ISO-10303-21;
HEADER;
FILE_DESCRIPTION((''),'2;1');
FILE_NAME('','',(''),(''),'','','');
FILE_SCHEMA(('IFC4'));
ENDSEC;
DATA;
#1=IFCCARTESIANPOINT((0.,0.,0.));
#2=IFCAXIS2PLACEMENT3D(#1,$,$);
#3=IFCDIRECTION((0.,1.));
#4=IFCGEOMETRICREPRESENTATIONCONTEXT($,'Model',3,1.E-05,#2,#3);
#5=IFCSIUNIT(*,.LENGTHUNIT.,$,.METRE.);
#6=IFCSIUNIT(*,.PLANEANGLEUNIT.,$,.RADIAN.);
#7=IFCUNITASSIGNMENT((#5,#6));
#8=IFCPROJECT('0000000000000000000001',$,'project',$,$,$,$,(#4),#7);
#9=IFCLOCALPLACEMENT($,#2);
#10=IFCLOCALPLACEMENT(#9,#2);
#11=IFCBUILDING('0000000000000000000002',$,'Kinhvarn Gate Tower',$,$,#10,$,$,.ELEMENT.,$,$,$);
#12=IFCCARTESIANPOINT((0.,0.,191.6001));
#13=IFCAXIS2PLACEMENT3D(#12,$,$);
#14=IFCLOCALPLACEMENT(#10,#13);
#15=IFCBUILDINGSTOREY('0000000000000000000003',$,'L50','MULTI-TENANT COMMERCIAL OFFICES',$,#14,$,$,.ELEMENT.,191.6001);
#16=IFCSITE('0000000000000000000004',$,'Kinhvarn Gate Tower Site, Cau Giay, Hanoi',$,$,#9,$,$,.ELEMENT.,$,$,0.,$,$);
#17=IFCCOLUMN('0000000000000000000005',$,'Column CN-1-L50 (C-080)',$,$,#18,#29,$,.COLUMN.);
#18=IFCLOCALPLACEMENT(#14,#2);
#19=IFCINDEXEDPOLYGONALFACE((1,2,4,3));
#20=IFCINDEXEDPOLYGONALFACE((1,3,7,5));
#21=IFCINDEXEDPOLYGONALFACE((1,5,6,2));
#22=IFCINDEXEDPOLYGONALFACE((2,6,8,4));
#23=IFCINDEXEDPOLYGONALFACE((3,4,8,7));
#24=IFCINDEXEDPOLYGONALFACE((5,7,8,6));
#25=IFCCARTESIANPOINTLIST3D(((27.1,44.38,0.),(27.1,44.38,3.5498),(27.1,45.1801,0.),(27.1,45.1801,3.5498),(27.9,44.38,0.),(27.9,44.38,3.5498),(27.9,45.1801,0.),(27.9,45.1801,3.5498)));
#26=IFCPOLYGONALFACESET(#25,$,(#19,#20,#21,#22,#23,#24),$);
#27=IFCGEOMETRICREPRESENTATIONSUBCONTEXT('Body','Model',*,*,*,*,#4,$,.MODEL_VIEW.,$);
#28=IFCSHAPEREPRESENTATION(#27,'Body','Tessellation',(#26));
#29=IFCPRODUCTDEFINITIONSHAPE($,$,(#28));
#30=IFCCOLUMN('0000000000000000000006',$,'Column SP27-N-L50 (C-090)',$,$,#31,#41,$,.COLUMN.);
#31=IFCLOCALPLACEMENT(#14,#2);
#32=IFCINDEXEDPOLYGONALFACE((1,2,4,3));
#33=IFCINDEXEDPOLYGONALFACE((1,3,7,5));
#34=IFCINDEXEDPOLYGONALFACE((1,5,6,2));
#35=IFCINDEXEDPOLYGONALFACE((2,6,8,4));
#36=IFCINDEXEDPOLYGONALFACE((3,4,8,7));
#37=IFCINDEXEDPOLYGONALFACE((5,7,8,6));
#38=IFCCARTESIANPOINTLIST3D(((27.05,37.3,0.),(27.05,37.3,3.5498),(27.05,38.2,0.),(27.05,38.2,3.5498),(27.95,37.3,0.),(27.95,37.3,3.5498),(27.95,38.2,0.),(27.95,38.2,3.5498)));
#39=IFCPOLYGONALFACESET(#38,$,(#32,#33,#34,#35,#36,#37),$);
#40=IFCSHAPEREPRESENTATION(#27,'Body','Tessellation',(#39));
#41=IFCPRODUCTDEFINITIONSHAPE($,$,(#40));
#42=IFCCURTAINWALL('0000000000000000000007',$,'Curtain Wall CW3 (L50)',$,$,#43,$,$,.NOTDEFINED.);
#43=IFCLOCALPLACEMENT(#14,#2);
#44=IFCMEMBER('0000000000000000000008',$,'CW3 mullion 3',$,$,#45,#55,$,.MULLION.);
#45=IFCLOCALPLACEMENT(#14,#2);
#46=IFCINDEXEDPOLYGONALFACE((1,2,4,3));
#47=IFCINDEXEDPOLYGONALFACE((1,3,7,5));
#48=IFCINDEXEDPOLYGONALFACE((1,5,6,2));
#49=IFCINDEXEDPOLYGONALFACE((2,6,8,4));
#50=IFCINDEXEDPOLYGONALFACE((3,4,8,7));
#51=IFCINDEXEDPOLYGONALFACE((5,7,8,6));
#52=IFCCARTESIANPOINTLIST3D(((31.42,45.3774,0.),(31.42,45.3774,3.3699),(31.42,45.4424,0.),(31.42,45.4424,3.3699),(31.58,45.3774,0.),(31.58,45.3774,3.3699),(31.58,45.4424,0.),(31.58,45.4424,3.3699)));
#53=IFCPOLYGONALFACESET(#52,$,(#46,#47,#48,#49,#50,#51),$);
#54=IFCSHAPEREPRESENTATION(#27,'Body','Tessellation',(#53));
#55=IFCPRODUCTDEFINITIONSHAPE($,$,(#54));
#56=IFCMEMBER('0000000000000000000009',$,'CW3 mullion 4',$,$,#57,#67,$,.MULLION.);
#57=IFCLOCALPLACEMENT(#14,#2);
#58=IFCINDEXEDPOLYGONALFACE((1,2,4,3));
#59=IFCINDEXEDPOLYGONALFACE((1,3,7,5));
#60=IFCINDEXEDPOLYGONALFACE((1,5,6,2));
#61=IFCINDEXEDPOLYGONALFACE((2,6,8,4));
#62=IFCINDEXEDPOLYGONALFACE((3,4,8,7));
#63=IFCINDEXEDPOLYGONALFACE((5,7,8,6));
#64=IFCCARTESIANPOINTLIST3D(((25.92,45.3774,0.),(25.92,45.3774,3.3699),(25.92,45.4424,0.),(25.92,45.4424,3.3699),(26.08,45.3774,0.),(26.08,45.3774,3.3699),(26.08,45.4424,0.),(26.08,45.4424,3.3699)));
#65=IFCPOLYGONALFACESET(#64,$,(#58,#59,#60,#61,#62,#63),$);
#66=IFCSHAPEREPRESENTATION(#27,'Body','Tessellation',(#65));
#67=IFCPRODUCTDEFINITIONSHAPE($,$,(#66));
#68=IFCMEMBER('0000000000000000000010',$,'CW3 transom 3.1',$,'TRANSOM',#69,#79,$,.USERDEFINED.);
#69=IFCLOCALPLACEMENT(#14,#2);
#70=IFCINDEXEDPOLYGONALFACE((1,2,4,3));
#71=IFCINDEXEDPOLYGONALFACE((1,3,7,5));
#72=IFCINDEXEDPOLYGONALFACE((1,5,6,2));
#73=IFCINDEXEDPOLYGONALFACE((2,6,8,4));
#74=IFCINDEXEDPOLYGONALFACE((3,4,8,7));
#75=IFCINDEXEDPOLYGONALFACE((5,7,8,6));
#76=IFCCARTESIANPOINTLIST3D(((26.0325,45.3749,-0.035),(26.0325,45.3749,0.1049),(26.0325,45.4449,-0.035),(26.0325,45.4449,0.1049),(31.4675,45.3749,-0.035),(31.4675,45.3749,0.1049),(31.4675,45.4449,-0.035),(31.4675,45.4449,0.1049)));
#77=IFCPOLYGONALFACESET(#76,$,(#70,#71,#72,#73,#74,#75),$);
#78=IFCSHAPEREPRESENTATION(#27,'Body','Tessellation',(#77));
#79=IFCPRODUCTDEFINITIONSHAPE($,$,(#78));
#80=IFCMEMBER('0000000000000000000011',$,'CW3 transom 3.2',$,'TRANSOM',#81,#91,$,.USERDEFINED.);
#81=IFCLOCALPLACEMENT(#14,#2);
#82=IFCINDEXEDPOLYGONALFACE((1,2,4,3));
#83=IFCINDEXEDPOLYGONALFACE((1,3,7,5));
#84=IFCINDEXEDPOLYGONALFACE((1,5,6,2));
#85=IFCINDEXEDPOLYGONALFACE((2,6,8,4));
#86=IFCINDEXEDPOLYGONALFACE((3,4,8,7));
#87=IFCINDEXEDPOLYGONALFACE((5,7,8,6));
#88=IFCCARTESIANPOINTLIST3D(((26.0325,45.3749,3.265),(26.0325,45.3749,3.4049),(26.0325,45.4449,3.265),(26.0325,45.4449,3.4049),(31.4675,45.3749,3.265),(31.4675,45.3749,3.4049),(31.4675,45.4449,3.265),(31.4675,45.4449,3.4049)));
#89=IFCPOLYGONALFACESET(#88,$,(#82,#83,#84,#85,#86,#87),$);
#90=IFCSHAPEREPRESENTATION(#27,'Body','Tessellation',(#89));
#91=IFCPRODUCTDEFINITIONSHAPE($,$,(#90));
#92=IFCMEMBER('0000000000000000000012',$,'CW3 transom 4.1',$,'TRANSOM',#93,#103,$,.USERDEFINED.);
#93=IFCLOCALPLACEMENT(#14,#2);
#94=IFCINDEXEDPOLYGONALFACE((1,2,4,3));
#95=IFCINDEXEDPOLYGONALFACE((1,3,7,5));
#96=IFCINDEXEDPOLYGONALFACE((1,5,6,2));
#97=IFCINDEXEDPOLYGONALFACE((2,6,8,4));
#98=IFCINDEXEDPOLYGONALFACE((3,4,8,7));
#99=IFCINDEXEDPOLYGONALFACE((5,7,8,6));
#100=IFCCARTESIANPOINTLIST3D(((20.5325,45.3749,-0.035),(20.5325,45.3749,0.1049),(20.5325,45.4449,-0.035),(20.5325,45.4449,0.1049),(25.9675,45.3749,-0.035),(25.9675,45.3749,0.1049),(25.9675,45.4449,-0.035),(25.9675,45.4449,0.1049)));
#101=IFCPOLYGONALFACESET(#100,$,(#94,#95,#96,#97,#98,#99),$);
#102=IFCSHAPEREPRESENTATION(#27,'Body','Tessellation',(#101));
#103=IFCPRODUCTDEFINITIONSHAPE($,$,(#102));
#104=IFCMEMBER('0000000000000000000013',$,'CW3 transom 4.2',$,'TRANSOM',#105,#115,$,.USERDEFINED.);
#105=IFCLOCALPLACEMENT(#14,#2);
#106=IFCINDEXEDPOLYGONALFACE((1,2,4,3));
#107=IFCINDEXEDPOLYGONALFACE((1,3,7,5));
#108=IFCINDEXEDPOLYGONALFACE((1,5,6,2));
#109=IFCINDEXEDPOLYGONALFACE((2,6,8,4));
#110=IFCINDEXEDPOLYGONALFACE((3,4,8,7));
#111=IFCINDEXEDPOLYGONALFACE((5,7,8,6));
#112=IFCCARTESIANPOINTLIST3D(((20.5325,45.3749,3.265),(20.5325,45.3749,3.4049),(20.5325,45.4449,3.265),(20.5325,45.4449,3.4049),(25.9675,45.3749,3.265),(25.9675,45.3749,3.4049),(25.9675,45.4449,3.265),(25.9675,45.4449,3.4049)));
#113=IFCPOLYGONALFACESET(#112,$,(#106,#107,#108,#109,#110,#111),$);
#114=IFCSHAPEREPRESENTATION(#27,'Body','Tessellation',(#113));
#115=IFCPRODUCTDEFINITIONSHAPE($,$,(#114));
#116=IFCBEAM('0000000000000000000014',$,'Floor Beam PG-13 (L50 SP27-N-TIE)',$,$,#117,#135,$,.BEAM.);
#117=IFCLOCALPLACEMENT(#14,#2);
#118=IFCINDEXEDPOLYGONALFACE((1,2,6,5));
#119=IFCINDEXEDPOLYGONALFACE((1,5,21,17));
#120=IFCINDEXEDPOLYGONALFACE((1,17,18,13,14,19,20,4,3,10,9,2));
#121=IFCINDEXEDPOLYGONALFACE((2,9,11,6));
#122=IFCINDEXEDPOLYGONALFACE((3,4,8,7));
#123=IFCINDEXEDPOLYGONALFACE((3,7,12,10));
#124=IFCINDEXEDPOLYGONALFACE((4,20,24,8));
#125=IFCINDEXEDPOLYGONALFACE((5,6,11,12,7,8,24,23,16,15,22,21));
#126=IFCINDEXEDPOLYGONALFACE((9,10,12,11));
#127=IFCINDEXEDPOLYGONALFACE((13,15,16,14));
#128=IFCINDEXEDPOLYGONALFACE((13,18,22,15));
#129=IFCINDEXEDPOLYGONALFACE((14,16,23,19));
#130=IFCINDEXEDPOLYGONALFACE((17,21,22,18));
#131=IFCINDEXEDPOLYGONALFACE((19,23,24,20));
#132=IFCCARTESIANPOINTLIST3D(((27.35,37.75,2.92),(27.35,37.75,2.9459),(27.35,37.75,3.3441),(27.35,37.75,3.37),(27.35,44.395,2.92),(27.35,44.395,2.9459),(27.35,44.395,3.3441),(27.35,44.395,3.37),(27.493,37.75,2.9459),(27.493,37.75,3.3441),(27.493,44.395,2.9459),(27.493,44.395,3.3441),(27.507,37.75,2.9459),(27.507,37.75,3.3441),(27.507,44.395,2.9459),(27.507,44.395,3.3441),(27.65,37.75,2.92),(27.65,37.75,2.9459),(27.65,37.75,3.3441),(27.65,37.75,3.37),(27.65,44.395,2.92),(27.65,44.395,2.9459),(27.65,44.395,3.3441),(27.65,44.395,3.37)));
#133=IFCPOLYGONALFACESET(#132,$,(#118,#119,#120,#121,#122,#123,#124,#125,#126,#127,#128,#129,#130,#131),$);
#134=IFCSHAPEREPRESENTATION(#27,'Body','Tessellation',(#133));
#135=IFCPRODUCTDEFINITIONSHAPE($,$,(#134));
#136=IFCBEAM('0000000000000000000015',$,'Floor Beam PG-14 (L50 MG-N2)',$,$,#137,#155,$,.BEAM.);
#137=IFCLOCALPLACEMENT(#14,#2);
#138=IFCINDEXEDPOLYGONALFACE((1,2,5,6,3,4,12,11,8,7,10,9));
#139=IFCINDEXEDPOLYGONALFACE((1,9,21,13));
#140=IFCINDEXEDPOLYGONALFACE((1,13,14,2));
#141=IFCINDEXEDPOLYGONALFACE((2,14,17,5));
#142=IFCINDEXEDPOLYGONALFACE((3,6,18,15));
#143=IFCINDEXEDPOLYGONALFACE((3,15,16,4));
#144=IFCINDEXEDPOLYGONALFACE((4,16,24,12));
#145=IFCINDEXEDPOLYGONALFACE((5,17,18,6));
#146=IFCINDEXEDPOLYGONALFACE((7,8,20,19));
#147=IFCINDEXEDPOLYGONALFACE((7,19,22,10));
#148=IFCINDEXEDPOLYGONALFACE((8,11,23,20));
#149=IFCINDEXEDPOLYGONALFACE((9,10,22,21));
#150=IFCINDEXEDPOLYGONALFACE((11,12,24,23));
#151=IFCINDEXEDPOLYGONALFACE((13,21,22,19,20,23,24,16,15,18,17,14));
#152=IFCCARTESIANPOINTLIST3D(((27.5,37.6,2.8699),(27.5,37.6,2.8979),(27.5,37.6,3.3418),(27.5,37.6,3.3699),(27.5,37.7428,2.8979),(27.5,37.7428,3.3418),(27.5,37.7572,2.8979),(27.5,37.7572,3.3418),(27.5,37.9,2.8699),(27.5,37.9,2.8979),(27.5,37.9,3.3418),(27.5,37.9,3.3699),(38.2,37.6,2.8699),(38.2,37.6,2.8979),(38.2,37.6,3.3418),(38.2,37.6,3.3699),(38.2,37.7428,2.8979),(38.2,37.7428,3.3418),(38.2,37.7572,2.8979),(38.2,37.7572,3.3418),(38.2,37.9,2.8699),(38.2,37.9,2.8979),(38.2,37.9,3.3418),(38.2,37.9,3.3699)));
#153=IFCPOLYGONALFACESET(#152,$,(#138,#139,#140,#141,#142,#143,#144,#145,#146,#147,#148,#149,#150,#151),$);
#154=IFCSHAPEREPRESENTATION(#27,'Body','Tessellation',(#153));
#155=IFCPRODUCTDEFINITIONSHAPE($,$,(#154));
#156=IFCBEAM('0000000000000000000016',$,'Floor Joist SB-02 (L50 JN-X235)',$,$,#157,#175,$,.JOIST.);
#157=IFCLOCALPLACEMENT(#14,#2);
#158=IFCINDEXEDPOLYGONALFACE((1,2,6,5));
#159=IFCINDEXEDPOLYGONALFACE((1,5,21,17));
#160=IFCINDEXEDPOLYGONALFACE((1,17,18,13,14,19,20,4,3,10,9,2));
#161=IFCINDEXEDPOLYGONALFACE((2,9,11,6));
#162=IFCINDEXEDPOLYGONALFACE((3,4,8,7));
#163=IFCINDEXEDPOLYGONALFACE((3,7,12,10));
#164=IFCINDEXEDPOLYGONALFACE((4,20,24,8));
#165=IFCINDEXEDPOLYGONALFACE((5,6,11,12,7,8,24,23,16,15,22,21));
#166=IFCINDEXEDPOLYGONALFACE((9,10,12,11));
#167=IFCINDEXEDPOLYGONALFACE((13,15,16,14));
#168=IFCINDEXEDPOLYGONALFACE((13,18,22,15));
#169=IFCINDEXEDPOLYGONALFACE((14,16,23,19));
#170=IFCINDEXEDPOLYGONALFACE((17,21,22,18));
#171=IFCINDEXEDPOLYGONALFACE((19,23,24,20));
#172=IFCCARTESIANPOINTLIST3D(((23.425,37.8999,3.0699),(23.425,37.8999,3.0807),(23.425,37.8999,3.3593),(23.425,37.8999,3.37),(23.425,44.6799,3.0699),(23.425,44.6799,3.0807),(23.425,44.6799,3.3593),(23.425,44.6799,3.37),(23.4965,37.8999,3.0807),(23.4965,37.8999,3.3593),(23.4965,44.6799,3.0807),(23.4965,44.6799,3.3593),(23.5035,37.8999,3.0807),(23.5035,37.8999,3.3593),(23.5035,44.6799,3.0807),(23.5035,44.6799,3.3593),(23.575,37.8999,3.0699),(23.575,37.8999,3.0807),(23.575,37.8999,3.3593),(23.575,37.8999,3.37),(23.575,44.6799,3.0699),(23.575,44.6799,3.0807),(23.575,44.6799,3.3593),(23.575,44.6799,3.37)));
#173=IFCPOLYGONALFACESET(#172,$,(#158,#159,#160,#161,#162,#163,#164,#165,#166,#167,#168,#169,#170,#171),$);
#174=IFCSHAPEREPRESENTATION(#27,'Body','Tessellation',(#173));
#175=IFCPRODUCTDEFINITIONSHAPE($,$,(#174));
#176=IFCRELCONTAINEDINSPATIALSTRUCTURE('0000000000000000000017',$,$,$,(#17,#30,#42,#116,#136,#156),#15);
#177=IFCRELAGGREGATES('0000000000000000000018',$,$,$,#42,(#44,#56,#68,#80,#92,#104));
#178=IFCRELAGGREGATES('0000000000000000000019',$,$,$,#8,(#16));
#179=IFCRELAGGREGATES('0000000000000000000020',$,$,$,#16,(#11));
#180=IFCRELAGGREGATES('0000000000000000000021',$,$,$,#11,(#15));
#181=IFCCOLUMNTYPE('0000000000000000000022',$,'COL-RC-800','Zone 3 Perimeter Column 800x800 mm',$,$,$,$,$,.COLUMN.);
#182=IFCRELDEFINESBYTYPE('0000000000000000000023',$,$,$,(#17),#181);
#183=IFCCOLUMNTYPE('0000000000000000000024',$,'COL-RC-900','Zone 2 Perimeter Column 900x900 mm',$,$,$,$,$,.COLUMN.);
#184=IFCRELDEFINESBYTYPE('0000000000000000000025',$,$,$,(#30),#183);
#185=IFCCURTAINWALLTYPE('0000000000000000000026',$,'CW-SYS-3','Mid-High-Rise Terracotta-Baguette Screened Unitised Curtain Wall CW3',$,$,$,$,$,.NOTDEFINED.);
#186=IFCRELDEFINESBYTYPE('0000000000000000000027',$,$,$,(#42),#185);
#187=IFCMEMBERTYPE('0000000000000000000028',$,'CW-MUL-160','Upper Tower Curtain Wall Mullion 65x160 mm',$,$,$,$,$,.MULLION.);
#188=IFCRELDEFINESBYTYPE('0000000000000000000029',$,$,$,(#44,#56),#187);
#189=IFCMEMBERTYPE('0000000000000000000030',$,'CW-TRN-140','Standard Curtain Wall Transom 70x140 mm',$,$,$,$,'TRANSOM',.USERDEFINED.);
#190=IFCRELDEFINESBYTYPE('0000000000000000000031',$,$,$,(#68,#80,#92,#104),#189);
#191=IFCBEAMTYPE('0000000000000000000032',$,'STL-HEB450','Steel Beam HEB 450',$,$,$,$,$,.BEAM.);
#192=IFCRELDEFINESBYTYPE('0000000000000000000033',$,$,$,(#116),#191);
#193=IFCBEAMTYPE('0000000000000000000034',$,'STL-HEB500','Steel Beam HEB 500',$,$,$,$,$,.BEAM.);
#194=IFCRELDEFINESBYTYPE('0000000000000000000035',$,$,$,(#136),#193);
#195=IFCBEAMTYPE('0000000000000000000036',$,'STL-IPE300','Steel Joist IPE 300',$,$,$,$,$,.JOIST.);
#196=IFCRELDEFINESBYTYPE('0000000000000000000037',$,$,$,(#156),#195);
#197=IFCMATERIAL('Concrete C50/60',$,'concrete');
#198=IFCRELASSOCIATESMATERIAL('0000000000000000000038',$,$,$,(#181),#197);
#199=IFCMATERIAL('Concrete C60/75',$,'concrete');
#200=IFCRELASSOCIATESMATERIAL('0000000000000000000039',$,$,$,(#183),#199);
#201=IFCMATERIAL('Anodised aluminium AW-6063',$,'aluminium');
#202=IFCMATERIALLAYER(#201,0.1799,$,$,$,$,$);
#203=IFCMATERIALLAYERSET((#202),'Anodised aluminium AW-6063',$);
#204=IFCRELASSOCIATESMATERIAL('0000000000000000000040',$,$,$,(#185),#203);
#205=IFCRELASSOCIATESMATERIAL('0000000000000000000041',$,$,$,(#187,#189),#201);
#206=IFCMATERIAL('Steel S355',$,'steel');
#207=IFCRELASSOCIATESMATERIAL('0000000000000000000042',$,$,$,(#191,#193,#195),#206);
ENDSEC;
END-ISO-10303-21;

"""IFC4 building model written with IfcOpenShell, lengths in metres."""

from ifc_helpers import new_model, si_unit, direction, frame, origin, origin_2d, place, context, subcontext, project, spatial, rectangle, i_section, extrude, material, layer, layer_set, material_profile, profile_set, type_object, element, aggregate, save


model = new_model("IFC4")

# Units and contexts
model_context = context("Model", 3, precision=1e-05, world=origin(), true_north=direction((0.0, 1.0)))
body_context = subcontext(model_context, "Body", "Model", "MODEL_VIEW")
ifc_project = project(units=[si_unit("LENGTHUNIT", "METRE"), si_unit("PLANEANGLEUNIT", "RADIAN")], contexts=[model_context])

# Site, building, storey
site_placement = place(None, origin())
site = spatial("IfcSite", under=ifc_project, at=site_placement, Name="Kinhvarn Gate Tower Site, Cau Giay, Hanoi", CompositionType="ELEMENT", RefElevation=0.0)
building_placement = place(site_placement, origin())
building = spatial("IfcBuilding", under=site, at=building_placement, Name="Kinhvarn Gate Tower", CompositionType="ELEMENT")
storey_placement = place(building_placement, frame((0.0, 0.0, 191.6001)))
storey = spatial("IfcBuildingStorey", under=building, at=storey_placement, Name="L50", Description="MULTI-TENANT COMMERCIAL OFFICES", CompositionType="ELEMENT", Elevation=191.6001)

# Columns
ifc_material_1 = material(Name="Concrete C50/60", Category="concrete")
ifc_material_profile_1 = material_profile(ifc_material_1, rectangle(XDim=0.8, YDim=0.8, at=origin_2d()), Name="RC 800x800")
ifc_profile_set_1 = profile_set([ifc_material_profile_1], Name="Concrete C50/60")
column_type_1 = type_object("IfcColumnType", Name="COL-RC-800", Description="Zone 3 Perimeter Column 800x800 mm", PredefinedType="COLUMN", material=ifc_profile_set_1)
column_1_placement = place(storey_placement, frame((27.5, 44.78, 0.0), z_axis=(0.0, 0.0, 1.0), x_axis=(1.0, 0.0, 0.0)))
element("IfcColumn", 1, at=column_1_placement, inside=storey, type_object=column_type_1, Name="Column CN-1-L50 (C-080)", PredefinedType="COLUMN", context=body_context, shape_type="SweptSolid", body=[
    extrude(rectangle(XDim=0.8, YDim=0.8, at=origin_2d()), origin(), (0.0, 0.0, 1.0), 3.5498),
])
ifc_material_2 = material(Name="Concrete C60/75", Category="concrete")
ifc_material_profile_2 = material_profile(ifc_material_2, rectangle(XDim=0.8999, YDim=0.8999, at=origin_2d()), Name="RC 900x900")
ifc_profile_set_2 = profile_set([ifc_material_profile_2], Name="Concrete C60/75")
column_type_2 = type_object("IfcColumnType", Name="COL-RC-900", Description="Zone 2 Perimeter Column 900x900 mm", PredefinedType="COLUMN", material=ifc_profile_set_2)
column_2_placement = place(storey_placement, frame((27.5, 37.75, 0.0), z_axis=(0.0, 0.0, 1.0), x_axis=(1.0, 0.0, 0.0)))
element("IfcColumn", 2, at=column_2_placement, inside=storey, type_object=column_type_2, Name="Column SP27-N-L50 (C-090)", PredefinedType="COLUMN", context=body_context, shape_type="SweptSolid", body=[
    extrude(rectangle(XDim=0.8999, YDim=0.8999, at=origin_2d()), origin(), (0.0, 0.0, 1.0), 3.5498),
])

# Curtain wall, members
ifc_material_3 = material(Name="Anodised aluminium AW-6063", Category="aluminium")
ifc_layer_1 = layer(ifc_material_3, 0.1799)
ifc_layer_set_1 = layer_set([ifc_layer_1], Name="Anodised aluminium AW-6063")
curtain_wall_type = type_object("IfcCurtainWallType", Name="CW-SYS-3", Description="Mid-High-Rise Terracotta-Baguette Screened Unitised Curtain Wall CW3", PredefinedType="NOTDEFINED", material=ifc_layer_set_1)
curtain_wall_placement = place(storey_placement, origin())
curtain_wall = element("IfcCurtainWall", 3, at=curtain_wall_placement, inside=storey, type_object=curtain_wall_type, Name="Curtain Wall CW3 (L50)", PredefinedType="NOTDEFINED")
ifc_material_profile_3 = material_profile(ifc_material_3, rectangle(XDim=0.0649, YDim=0.1599, at=origin_2d()), Name="ALU 65x160")
ifc_profile_set_3 = profile_set([ifc_material_profile_3], Name="Anodised aluminium AW-6063")
member_type_1 = type_object("IfcMemberType", Name="CW-MUL-160", Description="Upper Tower Curtain Wall Mullion 65x160 mm", PredefinedType="MULLION", material=ifc_profile_set_3)
member_1_placement = place(storey_placement, frame((31.5, 45.4099, 0.0), z_axis=(0.0, 0.0, 1.0), x_axis=(0.0, -1.0, 0.0)))
member_1 = element("IfcMember", 4, at=member_1_placement, type_object=member_type_1, Name="CW3 mullion 3", PredefinedType="MULLION", context=body_context, shape_type="SweptSolid", body=[
    extrude(rectangle(XDim=0.0649, YDim=0.1599, at=origin_2d()), origin(), (0.0, 0.0, 1.0), 3.3699),
])
member_2_placement = place(storey_placement, frame((26.0, 45.4099, 0.0), z_axis=(0.0, 0.0, 1.0), x_axis=(0.0, -1.0, 0.0)))
member_2 = element("IfcMember", 5, at=member_2_placement, type_object=member_type_1, Name="CW3 mullion 4", PredefinedType="MULLION", context=body_context, shape_type="SweptSolid", body=[
    extrude(rectangle(XDim=0.0649, YDim=0.1599, at=origin_2d()), origin(), (0.0, 0.0, 1.0), 3.3699),
])
ifc_material_profile_4 = material_profile(ifc_material_3, rectangle(XDim=0.0701, YDim=0.1399, at=origin_2d()), Name="ALU 70x140")
ifc_profile_set_4 = profile_set([ifc_material_profile_4], Name="Anodised aluminium AW-6063")
member_type_2 = type_object("IfcMemberType", Name="CW-TRN-140", Description="Standard Curtain Wall Transom 70x140 mm", ElementType="TRANSOM", PredefinedType="USERDEFINED", material=ifc_profile_set_4)
member_3_placement = place(storey_placement, frame((31.4675, 45.4099, 0.0349), z_axis=(-1.0, 0.0, 0.0), x_axis=(0.0, -1.0, 0.0)))
member_3 = element("IfcMember", 6, at=member_3_placement, type_object=member_type_2, Name="CW3 transom 3.1", ObjectType="TRANSOM", PredefinedType="USERDEFINED", context=body_context, shape_type="SweptSolid", body=[
    extrude(rectangle(XDim=0.0701, YDim=0.1399, at=origin_2d()), origin(), (0.0, 0.0, 1.0), 5.4351),
])
member_4_placement = place(storey_placement, frame((31.4675, 45.4099, 3.335), z_axis=(-1.0, 0.0, 0.0), x_axis=(0.0, -1.0, 0.0)))
member_4 = element("IfcMember", 7, at=member_4_placement, type_object=member_type_2, Name="CW3 transom 3.2", ObjectType="TRANSOM", PredefinedType="USERDEFINED", context=body_context, shape_type="SweptSolid", body=[
    extrude(rectangle(XDim=0.0701, YDim=0.1399, at=origin_2d()), origin(), (0.0, 0.0, 1.0), 5.4351),
])
member_5_placement = place(storey_placement, frame((25.9675, 45.4099, 0.0349), z_axis=(-1.0, 0.0, 0.0), x_axis=(0.0, -1.0, 0.0)))
member_5 = element("IfcMember", 8, at=member_5_placement, type_object=member_type_2, Name="CW3 transom 4.1", ObjectType="TRANSOM", PredefinedType="USERDEFINED", context=body_context, shape_type="SweptSolid", body=[
    extrude(rectangle(XDim=0.0701, YDim=0.1399, at=origin_2d()), origin(), (0.0, 0.0, 1.0), 5.4351),
])
member_6_placement = place(storey_placement, frame((25.9675, 45.4099, 3.335), z_axis=(-1.0, 0.0, 0.0), x_axis=(0.0, -1.0, 0.0)))
member_6 = element("IfcMember", 9, at=member_6_placement, type_object=member_type_2, Name="CW3 transom 4.2", ObjectType="TRANSOM", PredefinedType="USERDEFINED", context=body_context, shape_type="SweptSolid", body=[
    extrude(rectangle(XDim=0.0701, YDim=0.1399, at=origin_2d()), origin(), (0.0, 0.0, 1.0), 5.4351),
])

# Beams
ifc_material_4 = material(Name="Steel S355", Category="steel")
ifc_material_profile_5 = material_profile(ifc_material_4, i_section(OverallWidth=0.3, OverallDepth=0.45, WebThickness=0.0139, FlangeThickness=0.0259, at=origin_2d()), Name="HEB 450")
ifc_profile_set_5 = profile_set([ifc_material_profile_5], Name="Steel S355")
beam_type_1 = type_object("IfcBeamType", Name="STL-HEB450", Description="Steel Beam HEB 450", PredefinedType="BEAM", material=ifc_profile_set_5)
beam_1_placement = place(storey_placement, frame((27.5, 37.75, 3.145), z_axis=(0.0, 1.0, 0.0), x_axis=(-1.0, 0.0, 0.0)))
element("IfcBeam", 10, at=beam_1_placement, inside=storey, type_object=beam_type_1, Name="Floor Beam PG-13 (L50 SP27-N-TIE)", PredefinedType="BEAM", context=body_context, shape_type="SweptSolid", body=[
    extrude(i_section(OverallWidth=0.3, OverallDepth=0.45, WebThickness=0.0139, FlangeThickness=0.0259, at=origin_2d()), origin(), (0.0, 0.0, 1.0), 6.645),
])
ifc_material_profile_6 = material_profile(ifc_material_4, i_section(OverallWidth=0.3, OverallDepth=0.5, WebThickness=0.0144, FlangeThickness=0.0281, at=origin_2d()), Name="HEB 500")
ifc_profile_set_6 = profile_set([ifc_material_profile_6], Name="Steel S355")
beam_type_2 = type_object("IfcBeamType", Name="STL-HEB500", Description="Steel Beam HEB 500", PredefinedType="BEAM", material=ifc_profile_set_6)
beam_2_placement = place(storey_placement, frame((27.5, 37.75, 3.1199), z_axis=(1.0, 0.0, 0.0), x_axis=(0.0, 1.0, 0.0)))
element("IfcBeam", 11, at=beam_2_placement, inside=storey, type_object=beam_type_2, Name="Floor Beam PG-14 (L50 MG-N2)", PredefinedType="BEAM", context=body_context, shape_type="SweptSolid", body=[
    extrude(i_section(OverallWidth=0.3, OverallDepth=0.5, WebThickness=0.0144, FlangeThickness=0.0281, at=origin_2d()), origin(), (0.0, 0.0, 1.0), 10.7),
])
ifc_material_profile_7 = material_profile(ifc_material_4, i_section(OverallWidth=0.1499, OverallDepth=0.3, WebThickness=0.0071, FlangeThickness=0.0107, at=origin_2d()), Name="IPE 300")
ifc_profile_set_7 = profile_set([ifc_material_profile_7], Name="Steel S355")
beam_type_3 = type_object("IfcBeamType", Name="STL-IPE300", Description="Steel Joist IPE 300", PredefinedType="JOIST", material=ifc_profile_set_7)
for number, where, z_axis, x_axis, name in (
    (12, (23.5, 37.8999, 3.22), (0.0, 1.0, 0.0), (-1.0, 0.0, 0.0), "Floor Joist SB-02 (L50 JN-X235)"),
):
    element("IfcBeam", number, at=place(storey_placement, frame(where, z_axis=z_axis, x_axis=x_axis)), inside=storey, type_object=beam_type_3, Name=name, PredefinedType="JOIST", context=body_context, shape_type="SweptSolid", body=[
        extrude(i_section(OverallWidth=0.1499, OverallDepth=0.3, WebThickness=0.0071, FlangeThickness=0.0107, at=origin_2d()), origin(), (0.0, 0.0, 1.0), 6.78),
    ])

aggregate(curtain_wall, [member_1, member_2, member_3, member_4, member_5, member_6])

save(model, "model.ifc")
